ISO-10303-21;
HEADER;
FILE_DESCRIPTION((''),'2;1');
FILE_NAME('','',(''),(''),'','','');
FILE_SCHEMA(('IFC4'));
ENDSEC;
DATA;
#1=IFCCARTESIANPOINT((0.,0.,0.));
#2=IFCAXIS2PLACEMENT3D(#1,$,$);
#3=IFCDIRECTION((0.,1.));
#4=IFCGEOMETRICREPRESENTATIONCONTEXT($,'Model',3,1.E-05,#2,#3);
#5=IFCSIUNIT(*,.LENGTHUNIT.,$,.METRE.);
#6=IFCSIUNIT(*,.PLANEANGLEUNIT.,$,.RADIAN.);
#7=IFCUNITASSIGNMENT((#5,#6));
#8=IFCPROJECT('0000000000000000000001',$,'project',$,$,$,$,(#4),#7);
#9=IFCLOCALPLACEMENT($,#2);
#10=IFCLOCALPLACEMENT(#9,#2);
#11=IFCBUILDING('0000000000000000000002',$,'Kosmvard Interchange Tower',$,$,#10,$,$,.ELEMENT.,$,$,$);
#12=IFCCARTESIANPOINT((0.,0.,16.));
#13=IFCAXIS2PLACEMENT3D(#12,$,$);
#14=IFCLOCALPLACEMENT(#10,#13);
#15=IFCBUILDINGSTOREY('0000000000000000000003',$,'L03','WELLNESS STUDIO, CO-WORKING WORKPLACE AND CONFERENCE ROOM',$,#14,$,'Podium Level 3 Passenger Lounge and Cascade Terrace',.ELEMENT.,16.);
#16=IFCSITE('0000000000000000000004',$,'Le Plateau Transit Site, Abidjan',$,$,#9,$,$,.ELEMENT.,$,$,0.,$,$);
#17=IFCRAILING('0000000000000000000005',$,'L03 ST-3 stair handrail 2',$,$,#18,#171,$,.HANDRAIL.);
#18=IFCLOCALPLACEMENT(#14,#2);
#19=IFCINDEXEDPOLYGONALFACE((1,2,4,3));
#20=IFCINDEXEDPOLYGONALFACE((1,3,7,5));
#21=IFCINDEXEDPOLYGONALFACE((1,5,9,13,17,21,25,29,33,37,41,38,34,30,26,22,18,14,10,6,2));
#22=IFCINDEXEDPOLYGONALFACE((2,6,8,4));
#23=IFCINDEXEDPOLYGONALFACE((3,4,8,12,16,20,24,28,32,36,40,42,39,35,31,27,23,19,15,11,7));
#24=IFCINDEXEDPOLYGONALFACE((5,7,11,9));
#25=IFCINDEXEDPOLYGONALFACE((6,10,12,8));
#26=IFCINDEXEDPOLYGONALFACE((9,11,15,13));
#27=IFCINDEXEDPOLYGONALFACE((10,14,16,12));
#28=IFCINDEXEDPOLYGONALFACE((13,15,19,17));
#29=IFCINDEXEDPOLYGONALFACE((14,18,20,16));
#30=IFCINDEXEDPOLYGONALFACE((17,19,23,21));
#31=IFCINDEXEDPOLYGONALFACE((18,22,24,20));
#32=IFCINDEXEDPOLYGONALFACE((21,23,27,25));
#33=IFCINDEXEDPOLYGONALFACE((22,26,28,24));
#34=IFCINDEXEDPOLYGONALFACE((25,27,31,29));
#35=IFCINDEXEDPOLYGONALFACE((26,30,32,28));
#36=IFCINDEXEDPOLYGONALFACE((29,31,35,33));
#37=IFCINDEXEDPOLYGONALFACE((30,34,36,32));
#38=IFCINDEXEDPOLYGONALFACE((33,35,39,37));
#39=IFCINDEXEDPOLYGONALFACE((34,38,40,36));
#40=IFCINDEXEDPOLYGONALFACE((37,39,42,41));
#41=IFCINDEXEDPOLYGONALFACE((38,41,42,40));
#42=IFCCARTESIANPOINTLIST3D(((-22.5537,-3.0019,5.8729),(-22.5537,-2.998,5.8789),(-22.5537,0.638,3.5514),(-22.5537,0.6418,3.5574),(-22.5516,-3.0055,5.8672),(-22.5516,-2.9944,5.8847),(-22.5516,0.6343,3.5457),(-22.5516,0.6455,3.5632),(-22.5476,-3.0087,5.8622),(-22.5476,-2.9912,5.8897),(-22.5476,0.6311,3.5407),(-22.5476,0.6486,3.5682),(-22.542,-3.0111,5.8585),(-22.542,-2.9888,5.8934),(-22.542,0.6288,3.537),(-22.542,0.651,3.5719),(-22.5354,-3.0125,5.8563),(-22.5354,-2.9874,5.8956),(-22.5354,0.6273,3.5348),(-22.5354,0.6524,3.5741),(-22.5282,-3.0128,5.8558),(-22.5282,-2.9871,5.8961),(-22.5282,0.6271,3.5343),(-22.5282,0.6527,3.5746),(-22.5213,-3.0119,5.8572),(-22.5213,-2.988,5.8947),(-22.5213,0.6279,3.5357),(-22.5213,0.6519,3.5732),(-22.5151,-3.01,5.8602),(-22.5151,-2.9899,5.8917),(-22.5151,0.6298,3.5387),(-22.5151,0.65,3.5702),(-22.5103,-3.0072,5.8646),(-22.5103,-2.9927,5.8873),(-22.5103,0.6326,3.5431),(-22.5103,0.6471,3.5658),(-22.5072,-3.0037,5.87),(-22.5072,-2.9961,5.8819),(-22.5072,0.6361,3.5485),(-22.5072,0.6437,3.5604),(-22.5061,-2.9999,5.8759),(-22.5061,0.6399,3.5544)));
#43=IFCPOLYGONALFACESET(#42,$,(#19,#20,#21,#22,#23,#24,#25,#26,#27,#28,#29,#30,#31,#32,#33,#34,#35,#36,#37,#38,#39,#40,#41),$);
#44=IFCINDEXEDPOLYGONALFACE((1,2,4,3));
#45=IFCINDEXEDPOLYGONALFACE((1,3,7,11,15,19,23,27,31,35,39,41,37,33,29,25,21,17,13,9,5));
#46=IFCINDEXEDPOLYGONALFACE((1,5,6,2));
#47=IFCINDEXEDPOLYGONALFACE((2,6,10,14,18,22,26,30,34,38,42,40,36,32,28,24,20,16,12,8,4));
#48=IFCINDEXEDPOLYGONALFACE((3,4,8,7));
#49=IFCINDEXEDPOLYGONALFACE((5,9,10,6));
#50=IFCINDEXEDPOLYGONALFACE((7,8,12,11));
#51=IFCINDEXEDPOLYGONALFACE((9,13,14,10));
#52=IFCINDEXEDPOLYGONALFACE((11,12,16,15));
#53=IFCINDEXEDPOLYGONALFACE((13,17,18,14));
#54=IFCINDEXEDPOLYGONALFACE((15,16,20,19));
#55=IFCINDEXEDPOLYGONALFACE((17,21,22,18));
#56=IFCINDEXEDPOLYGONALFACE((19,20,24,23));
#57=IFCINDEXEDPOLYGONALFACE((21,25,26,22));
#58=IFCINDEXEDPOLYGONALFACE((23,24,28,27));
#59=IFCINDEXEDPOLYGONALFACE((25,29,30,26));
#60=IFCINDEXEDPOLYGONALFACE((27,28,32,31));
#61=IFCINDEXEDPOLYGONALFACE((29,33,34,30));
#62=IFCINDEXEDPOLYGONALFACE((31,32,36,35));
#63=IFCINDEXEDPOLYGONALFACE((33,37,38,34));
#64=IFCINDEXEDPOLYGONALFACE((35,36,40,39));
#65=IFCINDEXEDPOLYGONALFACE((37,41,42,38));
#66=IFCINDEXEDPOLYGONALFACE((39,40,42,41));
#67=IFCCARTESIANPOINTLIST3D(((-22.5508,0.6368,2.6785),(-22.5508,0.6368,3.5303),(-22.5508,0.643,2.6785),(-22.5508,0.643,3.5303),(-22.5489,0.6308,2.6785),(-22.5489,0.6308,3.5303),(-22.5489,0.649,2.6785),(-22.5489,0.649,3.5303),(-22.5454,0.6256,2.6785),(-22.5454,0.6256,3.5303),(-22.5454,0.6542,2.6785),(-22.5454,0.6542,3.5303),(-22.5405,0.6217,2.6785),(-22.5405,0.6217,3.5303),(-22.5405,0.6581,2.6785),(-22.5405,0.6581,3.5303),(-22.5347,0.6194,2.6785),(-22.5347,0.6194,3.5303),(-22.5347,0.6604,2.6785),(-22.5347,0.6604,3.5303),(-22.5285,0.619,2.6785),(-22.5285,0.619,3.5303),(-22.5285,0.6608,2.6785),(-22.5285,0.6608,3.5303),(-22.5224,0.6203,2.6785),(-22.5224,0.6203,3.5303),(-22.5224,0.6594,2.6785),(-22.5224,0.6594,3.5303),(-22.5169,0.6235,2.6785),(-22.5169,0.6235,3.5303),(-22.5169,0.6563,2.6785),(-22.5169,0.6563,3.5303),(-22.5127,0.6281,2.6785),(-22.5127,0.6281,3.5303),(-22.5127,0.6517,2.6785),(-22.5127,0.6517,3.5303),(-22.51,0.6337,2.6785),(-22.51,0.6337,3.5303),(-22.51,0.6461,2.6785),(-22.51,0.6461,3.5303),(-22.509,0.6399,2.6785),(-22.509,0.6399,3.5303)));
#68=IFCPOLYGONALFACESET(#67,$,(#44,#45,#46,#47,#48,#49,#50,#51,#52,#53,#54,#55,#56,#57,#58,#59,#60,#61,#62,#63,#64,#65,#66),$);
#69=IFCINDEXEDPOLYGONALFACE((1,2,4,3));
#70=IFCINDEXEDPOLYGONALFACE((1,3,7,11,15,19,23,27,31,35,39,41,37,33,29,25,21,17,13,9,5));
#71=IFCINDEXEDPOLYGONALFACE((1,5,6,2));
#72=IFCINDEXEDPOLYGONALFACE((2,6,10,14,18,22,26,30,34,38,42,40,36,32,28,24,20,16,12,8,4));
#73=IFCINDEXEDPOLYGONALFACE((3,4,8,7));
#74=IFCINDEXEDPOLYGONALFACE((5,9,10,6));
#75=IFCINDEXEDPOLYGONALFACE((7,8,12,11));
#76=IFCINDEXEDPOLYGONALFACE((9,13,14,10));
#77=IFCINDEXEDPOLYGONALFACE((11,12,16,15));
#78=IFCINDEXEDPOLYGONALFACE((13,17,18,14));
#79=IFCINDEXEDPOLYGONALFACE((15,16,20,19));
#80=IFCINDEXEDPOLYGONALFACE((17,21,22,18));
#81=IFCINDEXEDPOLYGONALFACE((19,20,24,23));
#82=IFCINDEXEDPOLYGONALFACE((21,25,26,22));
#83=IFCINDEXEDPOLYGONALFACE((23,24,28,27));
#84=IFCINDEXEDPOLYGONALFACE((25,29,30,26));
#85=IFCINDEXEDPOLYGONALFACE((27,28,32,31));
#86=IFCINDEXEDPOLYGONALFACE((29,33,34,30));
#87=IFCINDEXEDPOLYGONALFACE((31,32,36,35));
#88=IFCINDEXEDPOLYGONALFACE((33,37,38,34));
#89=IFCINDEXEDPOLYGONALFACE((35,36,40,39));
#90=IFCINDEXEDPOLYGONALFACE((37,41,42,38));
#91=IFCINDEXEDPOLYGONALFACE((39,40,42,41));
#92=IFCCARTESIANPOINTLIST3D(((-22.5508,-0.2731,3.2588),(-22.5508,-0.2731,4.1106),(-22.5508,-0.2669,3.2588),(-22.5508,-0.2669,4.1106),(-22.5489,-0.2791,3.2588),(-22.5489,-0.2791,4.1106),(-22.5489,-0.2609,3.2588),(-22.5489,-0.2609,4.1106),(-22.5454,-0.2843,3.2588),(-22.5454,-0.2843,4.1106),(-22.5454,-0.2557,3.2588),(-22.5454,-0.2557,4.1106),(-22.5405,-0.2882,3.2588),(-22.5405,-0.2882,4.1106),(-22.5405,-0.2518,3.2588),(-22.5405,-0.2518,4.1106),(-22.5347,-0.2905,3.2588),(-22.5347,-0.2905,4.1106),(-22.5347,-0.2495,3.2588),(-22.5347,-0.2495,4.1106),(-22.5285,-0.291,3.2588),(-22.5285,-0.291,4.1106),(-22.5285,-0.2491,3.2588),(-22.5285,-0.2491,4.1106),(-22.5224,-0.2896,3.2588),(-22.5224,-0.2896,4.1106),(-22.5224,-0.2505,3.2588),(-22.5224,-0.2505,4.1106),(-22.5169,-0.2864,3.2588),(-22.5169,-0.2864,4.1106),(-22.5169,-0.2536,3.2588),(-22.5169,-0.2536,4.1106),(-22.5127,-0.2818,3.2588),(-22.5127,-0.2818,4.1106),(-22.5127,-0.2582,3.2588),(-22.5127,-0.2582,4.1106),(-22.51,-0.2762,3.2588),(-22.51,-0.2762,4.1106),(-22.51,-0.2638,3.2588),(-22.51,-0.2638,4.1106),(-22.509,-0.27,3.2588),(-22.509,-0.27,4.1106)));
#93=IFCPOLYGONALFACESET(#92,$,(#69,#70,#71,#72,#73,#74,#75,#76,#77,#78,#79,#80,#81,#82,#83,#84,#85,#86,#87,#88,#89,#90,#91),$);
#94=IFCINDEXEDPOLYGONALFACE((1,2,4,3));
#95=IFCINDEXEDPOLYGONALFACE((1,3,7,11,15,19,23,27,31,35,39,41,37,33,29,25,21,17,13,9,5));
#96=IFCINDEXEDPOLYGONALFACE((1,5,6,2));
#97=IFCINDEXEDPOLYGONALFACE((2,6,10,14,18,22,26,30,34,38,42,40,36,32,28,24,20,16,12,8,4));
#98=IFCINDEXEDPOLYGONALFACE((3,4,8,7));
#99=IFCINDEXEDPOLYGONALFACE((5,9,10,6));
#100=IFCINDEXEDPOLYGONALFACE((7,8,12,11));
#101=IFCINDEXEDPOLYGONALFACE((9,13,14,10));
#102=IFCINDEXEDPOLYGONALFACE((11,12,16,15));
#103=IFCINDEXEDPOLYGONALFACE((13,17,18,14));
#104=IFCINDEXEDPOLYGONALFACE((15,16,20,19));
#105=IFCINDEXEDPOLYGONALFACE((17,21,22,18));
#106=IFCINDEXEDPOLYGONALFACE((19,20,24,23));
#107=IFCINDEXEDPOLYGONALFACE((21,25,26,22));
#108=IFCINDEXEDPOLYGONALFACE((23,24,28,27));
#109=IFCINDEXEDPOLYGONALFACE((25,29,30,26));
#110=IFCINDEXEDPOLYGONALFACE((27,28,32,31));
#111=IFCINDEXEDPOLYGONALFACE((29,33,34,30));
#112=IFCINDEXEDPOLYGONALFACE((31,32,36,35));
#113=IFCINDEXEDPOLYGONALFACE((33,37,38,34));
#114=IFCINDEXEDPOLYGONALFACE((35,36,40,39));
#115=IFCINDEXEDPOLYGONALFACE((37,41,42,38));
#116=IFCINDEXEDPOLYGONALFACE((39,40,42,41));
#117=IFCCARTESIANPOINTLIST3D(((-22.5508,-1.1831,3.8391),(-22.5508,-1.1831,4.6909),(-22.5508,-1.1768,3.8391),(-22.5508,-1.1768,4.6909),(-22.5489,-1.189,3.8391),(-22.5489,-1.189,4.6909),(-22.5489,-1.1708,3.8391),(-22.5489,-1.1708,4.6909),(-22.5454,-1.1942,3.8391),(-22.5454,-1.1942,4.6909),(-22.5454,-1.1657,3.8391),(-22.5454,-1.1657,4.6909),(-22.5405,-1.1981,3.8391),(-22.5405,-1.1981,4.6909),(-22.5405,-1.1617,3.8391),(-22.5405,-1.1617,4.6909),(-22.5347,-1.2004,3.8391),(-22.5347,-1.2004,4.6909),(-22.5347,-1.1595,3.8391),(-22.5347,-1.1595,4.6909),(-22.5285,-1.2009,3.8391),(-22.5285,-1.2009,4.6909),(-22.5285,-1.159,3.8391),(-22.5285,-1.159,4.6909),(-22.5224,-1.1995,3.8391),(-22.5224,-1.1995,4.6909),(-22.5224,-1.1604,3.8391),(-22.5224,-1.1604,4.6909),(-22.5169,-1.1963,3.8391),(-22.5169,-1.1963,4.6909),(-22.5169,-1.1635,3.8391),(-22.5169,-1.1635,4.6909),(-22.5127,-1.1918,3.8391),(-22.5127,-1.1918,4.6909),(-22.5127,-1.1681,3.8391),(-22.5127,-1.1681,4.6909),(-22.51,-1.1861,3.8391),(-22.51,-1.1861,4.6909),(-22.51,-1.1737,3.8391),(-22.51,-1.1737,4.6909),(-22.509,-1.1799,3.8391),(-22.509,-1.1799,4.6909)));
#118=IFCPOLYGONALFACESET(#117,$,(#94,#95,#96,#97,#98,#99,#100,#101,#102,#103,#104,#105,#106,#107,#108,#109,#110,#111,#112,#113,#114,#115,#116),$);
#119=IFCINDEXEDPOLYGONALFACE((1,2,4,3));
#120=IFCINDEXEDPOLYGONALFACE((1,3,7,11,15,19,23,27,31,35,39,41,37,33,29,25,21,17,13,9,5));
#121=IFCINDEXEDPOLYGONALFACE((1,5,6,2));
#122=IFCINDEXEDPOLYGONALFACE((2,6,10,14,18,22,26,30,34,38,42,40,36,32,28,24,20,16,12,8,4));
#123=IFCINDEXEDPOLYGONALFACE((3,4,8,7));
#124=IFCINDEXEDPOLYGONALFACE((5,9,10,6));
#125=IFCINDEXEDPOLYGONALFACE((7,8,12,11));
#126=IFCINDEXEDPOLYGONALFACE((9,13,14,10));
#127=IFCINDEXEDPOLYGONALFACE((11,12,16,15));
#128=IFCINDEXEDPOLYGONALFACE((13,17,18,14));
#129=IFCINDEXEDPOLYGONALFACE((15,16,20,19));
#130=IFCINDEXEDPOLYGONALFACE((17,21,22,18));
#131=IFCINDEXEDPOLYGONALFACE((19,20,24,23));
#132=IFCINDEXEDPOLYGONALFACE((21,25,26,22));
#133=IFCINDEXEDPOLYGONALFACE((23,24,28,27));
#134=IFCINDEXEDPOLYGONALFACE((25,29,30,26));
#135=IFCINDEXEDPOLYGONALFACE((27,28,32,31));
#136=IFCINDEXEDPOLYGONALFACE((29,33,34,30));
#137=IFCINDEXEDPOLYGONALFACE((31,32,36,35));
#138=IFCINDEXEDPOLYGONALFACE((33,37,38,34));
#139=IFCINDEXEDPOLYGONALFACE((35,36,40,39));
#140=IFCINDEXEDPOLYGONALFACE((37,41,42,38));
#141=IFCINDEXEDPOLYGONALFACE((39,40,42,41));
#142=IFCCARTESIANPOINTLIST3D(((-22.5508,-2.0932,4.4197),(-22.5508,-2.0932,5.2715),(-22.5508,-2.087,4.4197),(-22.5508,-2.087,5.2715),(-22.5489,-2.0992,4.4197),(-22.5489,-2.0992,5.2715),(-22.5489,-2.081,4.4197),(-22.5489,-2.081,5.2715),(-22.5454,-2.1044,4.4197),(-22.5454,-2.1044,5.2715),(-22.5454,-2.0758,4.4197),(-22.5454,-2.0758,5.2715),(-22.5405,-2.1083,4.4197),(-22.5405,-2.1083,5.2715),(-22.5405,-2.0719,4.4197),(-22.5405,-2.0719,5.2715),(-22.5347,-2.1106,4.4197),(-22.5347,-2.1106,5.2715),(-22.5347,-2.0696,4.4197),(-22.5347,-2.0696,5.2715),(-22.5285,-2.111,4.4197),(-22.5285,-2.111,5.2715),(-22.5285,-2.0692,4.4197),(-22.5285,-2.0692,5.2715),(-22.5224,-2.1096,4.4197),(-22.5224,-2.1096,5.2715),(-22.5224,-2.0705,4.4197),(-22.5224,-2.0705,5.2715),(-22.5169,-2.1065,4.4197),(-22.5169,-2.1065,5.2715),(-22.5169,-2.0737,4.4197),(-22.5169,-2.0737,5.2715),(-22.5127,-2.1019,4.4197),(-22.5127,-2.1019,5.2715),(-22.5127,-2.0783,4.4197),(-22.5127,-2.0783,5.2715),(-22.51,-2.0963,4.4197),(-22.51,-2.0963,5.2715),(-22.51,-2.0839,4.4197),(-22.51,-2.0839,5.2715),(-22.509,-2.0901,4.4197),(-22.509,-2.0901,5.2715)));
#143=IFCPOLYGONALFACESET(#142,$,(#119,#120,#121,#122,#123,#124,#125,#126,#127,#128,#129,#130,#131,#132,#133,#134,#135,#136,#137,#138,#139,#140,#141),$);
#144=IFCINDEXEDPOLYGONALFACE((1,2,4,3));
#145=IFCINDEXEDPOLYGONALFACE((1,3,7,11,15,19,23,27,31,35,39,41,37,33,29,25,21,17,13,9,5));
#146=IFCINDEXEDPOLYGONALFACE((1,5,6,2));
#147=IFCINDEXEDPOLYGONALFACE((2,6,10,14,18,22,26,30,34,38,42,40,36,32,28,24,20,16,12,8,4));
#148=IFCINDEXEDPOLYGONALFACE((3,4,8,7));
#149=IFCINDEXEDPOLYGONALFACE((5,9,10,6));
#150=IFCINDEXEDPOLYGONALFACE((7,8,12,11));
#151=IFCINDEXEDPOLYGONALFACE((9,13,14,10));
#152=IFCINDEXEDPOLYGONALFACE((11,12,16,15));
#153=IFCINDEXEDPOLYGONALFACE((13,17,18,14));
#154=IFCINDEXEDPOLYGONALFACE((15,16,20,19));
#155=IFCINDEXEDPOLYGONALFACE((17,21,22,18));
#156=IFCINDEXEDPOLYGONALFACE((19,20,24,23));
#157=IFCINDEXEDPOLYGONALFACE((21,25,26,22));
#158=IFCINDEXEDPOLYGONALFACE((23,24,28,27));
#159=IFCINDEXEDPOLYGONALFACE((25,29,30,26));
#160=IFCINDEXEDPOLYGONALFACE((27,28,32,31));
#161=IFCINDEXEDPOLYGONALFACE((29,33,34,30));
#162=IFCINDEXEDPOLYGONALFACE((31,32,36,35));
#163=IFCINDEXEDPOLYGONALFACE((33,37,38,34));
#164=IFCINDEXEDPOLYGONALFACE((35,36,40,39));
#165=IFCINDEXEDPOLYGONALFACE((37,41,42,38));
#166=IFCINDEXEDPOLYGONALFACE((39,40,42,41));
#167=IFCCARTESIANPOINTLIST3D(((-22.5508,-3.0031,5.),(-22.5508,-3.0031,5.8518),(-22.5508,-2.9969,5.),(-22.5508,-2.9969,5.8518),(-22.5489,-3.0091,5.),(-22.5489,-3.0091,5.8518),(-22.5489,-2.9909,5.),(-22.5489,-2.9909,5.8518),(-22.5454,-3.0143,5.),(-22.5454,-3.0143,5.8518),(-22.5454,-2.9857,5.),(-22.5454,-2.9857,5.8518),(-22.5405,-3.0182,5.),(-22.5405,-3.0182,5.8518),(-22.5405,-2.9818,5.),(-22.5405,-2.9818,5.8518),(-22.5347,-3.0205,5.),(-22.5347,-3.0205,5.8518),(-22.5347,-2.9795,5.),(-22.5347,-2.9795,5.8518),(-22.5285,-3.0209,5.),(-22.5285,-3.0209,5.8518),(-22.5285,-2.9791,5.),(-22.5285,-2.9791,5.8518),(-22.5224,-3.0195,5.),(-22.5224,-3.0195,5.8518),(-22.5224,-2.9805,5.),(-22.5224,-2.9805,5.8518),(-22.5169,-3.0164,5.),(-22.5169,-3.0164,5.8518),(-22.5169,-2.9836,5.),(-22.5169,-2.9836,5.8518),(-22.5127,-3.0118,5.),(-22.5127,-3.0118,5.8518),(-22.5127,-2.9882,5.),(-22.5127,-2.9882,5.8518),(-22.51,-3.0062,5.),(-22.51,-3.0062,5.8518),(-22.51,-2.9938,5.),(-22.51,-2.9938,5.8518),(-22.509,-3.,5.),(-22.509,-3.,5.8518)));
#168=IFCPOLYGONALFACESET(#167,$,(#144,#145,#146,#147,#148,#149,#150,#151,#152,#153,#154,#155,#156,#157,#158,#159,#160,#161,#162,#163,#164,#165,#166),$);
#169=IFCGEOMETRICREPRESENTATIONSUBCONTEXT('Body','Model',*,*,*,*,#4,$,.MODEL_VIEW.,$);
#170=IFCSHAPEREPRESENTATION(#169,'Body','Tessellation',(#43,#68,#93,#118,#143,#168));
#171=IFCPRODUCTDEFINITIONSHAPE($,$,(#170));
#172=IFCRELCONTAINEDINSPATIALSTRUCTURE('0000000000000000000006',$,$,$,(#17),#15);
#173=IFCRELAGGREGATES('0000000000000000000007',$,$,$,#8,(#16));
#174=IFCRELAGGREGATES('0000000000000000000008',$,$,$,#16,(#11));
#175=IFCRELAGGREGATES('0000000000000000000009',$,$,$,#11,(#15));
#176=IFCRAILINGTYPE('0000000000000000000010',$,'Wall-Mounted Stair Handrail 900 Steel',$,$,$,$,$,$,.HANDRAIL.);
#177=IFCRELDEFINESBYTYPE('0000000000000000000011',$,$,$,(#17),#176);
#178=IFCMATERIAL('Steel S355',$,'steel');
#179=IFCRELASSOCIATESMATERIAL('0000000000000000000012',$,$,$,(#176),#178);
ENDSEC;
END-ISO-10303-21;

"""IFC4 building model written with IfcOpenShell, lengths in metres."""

from ifc_helpers import new_model, si_unit, direction, frame, origin, origin_2d, place, context, subcontext, project, spatial, circle, extrude, source, transform, mapped, material, type_object, element, save


model = new_model("IFC4")

# Units and contexts
model_context = context("Model", 3, precision=1e-05, world=origin(), true_north=direction((0.0, 1.0)))
body_context = subcontext(model_context, "Body", "Model", "MODEL_VIEW")
ifc_project = project(units=[si_unit("LENGTHUNIT", "METRE"), si_unit("PLANEANGLEUNIT", "RADIAN")], contexts=[model_context])

# Site, building, storey
site_placement = place(None, origin())
site = spatial("IfcSite", under=ifc_project, at=site_placement, Name="Le Plateau Transit Site, Abidjan", CompositionType="ELEMENT", RefElevation=0.0)
building_placement = place(site_placement, origin())
building = spatial("IfcBuilding", under=site, at=building_placement, Name="Kosmvard Interchange Tower", CompositionType="ELEMENT")
storey_placement = place(building_placement, frame((0.0, 0.0, 16.0)))
storey = spatial("IfcBuildingStorey", under=building, at=storey_placement, Name="L03", Description="WELLNESS STUDIO, CO-WORKING WORKPLACE AND CONFERENCE ROOM", LongName="Podium Level 3 Passenger Lounge and Cascade Terrace", CompositionType="ELEMENT", Elevation=16.0)

# Shared definitions
ifc_material_1 = material(Name="Steel S355", Category="steel")

# Railing
railing_type_1 = type_object("IfcRailingType", Name="Wall-Mounted Stair Handrail 900 Steel", PredefinedType="HANDRAIL", material=ifc_material_1)
shared_shape_1 = source(origin(), body_context, "Body", "SweptSolid", [
    extrude(circle(Radius=0.0239, at=origin_2d()), frame((0.0, 0.0, 0.876), z_axis=(0.0, -0.843112, 0.537739), x_axis=(1.0, 0.0, 0.0)), (0.0, 0.0, 1.0), 4.3171),
    extrude(circle(Radius=0.021, at=origin_2d()), origin(), (0.0, 0.0, 1.0), 0.8518),
    extrude(circle(Radius=0.021, at=origin_2d()), frame((0.0, -0.9099, 0.5803)), (0.0, 0.0, 1.0), 0.8518),
    extrude(circle(Radius=0.021, at=origin_2d()), frame((0.0, -1.8198, 1.1606)), (0.0, 0.0, 1.0), 0.8518),
    extrude(circle(Radius=0.021, at=origin_2d()), frame((0.0, -2.73, 1.7412)), (0.0, 0.0, 1.0), 0.8518),
    extrude(circle(Radius=0.021, at=origin_2d()), frame((0.0, -3.6399, 2.3215)), (0.0, 0.0, 1.0), 0.8518),
])
railing_1_placement = place(storey_placement, frame((-22.53, 0.6399, 2.6785)))
element("IfcRailing", 1, at=railing_1_placement, inside=storey, type_object=railing_type_1, Name="L03 ST-3 stair handrail 2", PredefinedType="HANDRAIL", context=body_context, shape_type="MappedRepresentation", body=[
    mapped(shared_shape_1, transform((0.0, 0.0, 0.0), scale=1.0)),
])

save(model, "model.ifc")
